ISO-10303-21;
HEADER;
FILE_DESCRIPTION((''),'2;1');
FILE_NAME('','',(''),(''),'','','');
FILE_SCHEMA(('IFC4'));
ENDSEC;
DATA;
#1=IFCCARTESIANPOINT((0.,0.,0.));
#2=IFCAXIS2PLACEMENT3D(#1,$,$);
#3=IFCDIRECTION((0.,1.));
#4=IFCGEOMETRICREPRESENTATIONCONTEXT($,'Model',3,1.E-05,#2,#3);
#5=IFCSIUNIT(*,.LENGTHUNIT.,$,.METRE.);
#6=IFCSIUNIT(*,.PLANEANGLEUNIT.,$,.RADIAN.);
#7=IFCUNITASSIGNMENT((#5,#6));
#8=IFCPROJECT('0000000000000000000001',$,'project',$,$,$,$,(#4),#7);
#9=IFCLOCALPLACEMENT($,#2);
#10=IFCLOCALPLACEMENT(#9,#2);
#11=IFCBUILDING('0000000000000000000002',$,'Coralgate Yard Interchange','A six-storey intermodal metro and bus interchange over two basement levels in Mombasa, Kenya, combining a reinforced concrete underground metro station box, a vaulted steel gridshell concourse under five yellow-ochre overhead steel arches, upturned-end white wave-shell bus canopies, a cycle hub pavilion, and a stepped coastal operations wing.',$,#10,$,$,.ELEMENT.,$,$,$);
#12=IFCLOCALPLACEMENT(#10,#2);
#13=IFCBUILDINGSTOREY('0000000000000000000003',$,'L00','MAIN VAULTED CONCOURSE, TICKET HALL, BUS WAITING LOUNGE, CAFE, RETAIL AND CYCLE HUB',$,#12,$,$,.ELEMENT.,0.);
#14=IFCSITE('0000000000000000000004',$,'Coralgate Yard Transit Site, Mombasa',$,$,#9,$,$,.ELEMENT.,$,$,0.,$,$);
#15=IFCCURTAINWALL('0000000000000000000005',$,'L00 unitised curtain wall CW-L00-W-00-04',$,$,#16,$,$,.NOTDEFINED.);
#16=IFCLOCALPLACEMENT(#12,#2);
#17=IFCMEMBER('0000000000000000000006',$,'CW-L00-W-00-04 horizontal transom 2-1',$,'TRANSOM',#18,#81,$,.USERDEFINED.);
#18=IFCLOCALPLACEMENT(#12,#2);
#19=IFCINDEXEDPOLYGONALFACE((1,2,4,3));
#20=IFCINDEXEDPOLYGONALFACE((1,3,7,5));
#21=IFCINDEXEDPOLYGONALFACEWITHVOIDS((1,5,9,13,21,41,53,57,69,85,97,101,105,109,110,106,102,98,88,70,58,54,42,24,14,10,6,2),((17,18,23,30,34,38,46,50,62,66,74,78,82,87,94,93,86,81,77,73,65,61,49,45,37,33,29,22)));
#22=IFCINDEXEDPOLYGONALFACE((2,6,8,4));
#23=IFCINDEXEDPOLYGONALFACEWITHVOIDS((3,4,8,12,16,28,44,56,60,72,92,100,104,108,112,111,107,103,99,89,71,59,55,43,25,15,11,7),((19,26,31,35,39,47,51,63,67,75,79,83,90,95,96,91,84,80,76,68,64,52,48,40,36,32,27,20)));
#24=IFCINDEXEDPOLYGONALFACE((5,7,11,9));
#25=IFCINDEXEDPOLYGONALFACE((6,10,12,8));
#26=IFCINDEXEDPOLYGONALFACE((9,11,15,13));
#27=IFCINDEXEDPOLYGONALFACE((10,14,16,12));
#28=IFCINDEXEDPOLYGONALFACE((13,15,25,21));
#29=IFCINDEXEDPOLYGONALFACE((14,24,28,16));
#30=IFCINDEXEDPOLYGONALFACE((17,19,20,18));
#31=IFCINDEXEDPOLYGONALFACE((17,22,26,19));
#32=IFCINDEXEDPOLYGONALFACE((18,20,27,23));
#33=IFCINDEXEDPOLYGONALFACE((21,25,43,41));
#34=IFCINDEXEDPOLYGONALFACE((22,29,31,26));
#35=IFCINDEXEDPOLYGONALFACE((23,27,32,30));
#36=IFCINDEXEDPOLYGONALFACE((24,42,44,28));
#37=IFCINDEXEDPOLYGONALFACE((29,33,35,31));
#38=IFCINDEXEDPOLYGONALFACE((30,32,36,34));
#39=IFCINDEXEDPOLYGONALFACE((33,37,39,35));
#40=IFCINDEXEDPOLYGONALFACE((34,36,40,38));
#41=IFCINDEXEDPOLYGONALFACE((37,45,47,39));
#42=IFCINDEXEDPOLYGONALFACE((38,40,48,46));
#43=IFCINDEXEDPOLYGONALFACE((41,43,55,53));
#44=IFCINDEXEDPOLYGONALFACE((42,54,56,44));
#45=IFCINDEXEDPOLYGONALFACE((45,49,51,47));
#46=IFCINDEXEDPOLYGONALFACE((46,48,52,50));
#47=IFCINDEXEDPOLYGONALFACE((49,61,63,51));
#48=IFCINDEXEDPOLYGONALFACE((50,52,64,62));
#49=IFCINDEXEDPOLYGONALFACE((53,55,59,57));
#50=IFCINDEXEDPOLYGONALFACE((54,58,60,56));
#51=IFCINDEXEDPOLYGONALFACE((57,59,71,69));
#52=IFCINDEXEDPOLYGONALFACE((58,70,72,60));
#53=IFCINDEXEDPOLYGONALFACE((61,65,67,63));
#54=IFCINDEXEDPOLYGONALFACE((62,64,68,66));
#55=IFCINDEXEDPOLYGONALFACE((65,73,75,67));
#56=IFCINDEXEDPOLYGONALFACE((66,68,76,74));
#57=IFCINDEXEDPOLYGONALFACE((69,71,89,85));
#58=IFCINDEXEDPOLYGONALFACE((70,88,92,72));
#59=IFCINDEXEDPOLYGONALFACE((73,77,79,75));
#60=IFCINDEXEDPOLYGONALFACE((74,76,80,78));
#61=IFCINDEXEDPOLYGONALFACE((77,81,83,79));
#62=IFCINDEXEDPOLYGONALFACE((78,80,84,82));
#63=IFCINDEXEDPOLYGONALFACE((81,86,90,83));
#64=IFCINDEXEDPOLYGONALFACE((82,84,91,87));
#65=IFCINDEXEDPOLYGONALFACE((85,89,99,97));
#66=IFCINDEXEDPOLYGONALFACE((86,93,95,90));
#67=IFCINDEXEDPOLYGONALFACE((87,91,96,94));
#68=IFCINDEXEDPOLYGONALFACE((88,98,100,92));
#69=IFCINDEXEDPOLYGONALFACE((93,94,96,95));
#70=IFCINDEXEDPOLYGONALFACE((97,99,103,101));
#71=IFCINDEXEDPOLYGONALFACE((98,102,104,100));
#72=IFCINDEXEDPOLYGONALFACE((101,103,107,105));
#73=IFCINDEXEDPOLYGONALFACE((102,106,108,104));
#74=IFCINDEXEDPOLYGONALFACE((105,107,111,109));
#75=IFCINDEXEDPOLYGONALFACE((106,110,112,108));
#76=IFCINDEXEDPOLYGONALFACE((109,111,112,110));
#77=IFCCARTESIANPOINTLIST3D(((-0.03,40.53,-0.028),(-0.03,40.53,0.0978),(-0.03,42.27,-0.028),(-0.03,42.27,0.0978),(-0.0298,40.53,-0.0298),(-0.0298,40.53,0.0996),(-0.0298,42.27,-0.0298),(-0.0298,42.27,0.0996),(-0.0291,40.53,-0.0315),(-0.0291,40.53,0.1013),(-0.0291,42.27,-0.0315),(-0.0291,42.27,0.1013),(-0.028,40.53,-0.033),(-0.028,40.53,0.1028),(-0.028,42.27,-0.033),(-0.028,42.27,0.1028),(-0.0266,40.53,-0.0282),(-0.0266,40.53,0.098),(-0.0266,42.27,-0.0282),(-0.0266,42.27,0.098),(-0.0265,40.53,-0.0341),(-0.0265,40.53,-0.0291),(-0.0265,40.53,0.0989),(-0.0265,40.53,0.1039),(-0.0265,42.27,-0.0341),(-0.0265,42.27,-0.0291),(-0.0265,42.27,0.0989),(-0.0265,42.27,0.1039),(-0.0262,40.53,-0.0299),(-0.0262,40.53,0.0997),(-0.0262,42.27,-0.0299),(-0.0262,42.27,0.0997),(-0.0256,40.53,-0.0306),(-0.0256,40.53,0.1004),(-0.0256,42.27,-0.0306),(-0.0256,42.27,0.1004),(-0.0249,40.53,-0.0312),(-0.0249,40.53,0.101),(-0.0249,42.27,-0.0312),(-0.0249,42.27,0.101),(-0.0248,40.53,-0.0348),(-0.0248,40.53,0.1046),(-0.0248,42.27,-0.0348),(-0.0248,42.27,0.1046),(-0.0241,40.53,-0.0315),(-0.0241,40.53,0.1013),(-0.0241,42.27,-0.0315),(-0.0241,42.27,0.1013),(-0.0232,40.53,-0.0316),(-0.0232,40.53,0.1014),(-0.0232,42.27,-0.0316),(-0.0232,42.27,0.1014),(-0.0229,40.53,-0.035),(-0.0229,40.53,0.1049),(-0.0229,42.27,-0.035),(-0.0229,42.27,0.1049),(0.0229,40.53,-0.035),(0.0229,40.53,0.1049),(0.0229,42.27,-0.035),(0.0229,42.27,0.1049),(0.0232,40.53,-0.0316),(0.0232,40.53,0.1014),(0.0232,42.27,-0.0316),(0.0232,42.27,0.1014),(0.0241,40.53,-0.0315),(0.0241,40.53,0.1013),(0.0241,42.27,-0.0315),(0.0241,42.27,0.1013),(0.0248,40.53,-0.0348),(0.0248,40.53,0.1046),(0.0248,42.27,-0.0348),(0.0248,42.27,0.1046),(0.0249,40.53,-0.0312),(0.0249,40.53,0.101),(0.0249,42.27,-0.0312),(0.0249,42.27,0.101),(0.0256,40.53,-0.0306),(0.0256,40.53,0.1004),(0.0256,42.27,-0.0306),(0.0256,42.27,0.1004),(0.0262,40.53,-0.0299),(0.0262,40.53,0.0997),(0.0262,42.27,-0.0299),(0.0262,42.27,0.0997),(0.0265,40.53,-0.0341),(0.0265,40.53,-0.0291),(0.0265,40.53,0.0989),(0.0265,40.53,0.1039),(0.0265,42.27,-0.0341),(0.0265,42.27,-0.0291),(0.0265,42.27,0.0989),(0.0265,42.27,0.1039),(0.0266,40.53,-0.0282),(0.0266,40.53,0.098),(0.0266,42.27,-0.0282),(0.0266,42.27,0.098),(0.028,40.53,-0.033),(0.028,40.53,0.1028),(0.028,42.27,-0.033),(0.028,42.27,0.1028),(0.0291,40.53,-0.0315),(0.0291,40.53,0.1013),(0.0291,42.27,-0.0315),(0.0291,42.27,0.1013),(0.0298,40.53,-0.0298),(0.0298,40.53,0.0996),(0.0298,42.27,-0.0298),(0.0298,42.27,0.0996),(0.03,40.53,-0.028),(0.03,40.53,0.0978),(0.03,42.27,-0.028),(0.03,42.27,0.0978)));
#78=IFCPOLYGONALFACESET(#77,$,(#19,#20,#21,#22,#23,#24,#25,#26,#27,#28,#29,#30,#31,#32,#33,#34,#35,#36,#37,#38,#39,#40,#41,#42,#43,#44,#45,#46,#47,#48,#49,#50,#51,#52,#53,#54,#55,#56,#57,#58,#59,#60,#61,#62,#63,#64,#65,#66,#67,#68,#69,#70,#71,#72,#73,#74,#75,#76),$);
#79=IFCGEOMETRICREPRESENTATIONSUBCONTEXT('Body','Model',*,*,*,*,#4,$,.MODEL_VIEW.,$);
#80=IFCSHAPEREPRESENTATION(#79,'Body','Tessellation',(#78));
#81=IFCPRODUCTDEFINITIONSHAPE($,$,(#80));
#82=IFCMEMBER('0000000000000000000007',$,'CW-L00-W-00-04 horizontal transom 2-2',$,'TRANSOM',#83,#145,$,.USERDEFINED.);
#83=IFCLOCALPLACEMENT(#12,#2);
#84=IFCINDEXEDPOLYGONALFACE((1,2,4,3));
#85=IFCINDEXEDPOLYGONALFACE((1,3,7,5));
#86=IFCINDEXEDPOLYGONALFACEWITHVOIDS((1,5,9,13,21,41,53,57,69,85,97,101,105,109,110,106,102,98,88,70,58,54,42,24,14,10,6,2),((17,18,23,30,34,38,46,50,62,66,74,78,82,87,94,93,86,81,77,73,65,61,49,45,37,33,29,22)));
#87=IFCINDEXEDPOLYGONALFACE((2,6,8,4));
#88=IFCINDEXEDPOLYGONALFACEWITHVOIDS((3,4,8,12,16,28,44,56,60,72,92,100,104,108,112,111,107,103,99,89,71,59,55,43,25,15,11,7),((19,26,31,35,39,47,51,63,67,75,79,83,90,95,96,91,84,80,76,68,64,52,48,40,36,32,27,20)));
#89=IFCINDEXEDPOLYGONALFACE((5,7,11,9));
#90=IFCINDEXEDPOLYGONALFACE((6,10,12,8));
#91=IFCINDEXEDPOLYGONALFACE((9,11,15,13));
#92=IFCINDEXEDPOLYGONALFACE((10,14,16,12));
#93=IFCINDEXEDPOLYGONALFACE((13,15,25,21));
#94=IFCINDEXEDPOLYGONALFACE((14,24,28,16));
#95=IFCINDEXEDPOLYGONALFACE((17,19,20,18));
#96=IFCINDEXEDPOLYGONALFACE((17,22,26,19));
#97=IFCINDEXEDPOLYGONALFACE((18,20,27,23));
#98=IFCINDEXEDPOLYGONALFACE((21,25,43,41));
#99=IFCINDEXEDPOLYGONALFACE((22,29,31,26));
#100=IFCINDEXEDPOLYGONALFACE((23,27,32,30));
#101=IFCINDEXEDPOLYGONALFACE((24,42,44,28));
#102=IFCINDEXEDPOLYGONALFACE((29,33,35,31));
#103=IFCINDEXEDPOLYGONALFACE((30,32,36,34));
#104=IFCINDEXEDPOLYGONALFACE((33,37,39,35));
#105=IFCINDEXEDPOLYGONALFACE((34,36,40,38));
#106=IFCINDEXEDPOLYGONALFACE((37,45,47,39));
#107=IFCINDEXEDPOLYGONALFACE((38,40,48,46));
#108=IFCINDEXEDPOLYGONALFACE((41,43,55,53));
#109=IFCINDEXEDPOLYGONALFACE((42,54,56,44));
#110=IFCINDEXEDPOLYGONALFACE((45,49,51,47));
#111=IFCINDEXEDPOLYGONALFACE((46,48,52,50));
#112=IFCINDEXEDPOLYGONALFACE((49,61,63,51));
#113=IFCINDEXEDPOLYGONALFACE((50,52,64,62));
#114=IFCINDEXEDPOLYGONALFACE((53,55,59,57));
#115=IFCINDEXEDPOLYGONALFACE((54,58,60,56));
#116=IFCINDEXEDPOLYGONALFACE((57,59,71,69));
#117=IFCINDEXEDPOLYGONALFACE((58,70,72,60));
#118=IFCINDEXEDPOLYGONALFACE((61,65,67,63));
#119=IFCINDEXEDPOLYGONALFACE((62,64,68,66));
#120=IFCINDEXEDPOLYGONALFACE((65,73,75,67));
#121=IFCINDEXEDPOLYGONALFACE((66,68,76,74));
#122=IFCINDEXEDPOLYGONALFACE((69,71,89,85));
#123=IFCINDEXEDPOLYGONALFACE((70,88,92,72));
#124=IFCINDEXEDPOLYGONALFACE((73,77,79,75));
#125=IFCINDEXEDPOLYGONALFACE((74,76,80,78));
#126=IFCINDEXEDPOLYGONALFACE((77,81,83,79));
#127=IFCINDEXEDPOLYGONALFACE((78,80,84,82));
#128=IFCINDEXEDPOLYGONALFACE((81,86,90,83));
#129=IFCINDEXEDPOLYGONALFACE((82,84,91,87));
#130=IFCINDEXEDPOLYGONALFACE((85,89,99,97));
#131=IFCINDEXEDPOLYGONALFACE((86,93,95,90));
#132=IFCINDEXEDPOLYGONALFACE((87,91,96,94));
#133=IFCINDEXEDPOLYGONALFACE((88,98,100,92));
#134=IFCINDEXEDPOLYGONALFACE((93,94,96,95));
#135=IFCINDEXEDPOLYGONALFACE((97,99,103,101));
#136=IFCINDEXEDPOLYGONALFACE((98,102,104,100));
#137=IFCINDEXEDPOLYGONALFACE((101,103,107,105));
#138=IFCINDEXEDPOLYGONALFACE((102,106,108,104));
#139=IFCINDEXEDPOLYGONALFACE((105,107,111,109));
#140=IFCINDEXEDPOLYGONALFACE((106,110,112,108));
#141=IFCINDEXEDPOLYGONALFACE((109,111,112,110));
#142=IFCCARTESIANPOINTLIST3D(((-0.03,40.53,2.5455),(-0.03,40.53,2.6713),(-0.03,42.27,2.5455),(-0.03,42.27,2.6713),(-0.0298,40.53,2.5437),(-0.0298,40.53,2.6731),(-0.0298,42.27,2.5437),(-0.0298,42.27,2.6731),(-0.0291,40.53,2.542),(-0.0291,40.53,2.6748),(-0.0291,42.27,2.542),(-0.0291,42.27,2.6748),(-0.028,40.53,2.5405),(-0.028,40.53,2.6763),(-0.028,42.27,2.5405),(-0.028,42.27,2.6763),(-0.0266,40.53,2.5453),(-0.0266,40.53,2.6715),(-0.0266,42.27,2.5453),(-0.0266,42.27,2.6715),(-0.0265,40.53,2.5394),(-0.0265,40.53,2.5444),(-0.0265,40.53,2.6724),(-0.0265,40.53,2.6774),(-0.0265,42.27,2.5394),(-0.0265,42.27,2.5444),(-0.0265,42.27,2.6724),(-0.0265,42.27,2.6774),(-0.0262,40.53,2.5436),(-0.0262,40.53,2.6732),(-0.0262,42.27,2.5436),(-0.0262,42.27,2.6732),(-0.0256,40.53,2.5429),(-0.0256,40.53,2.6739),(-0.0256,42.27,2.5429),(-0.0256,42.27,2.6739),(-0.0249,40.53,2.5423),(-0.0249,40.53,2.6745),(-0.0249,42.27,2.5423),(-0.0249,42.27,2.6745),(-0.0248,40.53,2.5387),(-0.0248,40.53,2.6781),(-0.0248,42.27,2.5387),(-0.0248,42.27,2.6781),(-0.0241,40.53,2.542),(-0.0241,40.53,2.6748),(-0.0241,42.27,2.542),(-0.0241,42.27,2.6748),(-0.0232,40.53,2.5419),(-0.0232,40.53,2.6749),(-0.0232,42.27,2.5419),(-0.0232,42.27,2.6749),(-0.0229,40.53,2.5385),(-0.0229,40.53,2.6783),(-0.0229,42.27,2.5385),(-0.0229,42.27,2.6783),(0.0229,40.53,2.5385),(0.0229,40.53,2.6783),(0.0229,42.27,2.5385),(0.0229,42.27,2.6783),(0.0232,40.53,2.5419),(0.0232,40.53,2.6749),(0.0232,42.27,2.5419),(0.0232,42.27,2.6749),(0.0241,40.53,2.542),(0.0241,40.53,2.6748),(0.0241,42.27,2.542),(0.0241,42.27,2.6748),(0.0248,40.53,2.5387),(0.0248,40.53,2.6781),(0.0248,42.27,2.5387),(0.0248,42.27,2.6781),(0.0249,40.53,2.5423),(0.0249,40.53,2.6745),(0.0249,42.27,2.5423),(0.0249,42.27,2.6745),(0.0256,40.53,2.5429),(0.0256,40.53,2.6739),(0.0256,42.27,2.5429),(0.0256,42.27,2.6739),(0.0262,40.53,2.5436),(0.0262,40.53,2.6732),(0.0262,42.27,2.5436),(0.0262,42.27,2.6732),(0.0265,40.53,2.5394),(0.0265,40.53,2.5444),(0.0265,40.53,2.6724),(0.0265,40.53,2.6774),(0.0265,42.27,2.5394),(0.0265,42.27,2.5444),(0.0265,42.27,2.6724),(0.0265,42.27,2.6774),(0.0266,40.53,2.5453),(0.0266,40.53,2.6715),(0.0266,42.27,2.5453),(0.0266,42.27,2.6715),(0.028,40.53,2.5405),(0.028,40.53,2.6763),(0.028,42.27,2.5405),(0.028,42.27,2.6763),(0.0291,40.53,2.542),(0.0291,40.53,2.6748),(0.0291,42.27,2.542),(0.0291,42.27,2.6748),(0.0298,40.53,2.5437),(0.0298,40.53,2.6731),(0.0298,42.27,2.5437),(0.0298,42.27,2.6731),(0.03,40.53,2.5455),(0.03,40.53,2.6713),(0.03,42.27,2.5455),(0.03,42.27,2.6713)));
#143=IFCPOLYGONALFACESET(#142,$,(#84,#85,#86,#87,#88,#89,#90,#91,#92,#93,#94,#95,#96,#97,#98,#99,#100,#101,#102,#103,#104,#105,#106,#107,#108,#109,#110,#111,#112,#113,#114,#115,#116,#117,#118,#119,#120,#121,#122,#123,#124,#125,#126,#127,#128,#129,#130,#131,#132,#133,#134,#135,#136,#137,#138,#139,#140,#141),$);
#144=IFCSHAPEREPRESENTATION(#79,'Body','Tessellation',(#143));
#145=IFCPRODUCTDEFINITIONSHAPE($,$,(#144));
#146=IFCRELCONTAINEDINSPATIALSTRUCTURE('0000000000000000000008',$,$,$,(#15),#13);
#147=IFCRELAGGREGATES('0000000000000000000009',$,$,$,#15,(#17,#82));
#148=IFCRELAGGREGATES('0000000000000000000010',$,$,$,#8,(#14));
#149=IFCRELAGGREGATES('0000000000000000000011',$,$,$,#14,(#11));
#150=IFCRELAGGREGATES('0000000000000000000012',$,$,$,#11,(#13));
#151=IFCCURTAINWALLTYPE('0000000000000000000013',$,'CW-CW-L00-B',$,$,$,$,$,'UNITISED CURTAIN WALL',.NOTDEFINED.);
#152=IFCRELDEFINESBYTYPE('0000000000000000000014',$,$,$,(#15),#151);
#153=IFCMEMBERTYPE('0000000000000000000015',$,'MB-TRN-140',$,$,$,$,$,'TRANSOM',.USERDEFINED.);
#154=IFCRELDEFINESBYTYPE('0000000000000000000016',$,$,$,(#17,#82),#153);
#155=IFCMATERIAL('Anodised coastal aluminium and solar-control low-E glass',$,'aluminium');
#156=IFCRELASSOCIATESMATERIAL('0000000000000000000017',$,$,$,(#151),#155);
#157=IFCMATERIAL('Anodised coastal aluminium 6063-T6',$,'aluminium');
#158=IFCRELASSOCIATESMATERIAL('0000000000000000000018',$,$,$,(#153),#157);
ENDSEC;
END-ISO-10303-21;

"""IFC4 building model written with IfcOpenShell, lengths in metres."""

from ifc_helpers import new_model, si_unit, direction, frame, origin, origin_2d, place, context, subcontext, project, spatial, hollow_rectangle, extrude, material, material_profile, profile_set, type_object, element, aggregate, save


model = new_model("IFC4")

# Units and contexts
model_context = context("Model", 3, precision=1e-05, world=origin(), true_north=direction((0.0, 1.0)))
body_context = subcontext(model_context, "Body", "Model", "MODEL_VIEW")
ifc_project = project(units=[si_unit("LENGTHUNIT", "METRE"), si_unit("PLANEANGLEUNIT", "RADIAN")], contexts=[model_context])

# Site, building, storey
site_placement = place(None, origin())
site = spatial("IfcSite", under=ifc_project, at=site_placement, Name="Coralgate Yard Transit Site, Mombasa", CompositionType="ELEMENT", RefElevation=0.0)
building_placement = place(site_placement, origin())
building = spatial("IfcBuilding", under=site, at=building_placement, Name="Coralgate Yard Interchange", Description="A six-storey intermodal metro and bus interchange over two basement levels in Mombasa, Kenya, combining a reinforced concrete underground metro station box, a vaulted steel gridshell concourse under five yellow-ochre overhead steel arches, upturned-end white wave-shell bus canopies, a cycle hub pavilion, and a stepped coastal operations wing.", CompositionType="ELEMENT")
storey_placement = place(building_placement, origin())
storey = spatial("IfcBuildingStorey", under=building, at=storey_placement, Name="L00", Description="MAIN VAULTED CONCOURSE, TICKET HALL, BUS WAITING LOUNGE, CAFE, RETAIL AND CYCLE HUB", CompositionType="ELEMENT", Elevation=0.0)

# Curtain wall, members
ifc_material_1 = material(Name="Anodised coastal aluminium and solar-control low-E glass", Category="aluminium")
curtain_wall_type = type_object("IfcCurtainWallType", Name="CW-CW-L00-B", ElementType="UNITISED CURTAIN WALL", PredefinedType="NOTDEFINED", material=ifc_material_1)
curtain_wall_placement = place(storey_placement, origin())
curtain_wall = element("IfcCurtainWall", 1, at=curtain_wall_placement, inside=storey, type_object=curtain_wall_type, Name="L00 unitised curtain wall CW-L00-W-00-04", PredefinedType="NOTDEFINED")
ifc_material_2 = material(Name="Anodised coastal aluminium 6063-T6", Category="aluminium")
ifc_material_profile_1 = material_profile(ifc_material_2, hollow_rectangle(XDim=0.0601, YDim=0.1399, WallThickness=0.0034, InnerFilletRadius=0.0034, OuterFilletRadius=0.0071, at=origin_2d()), Name="ALU 60x140x3.5")
ifc_profile_set_1 = profile_set([ifc_material_profile_1], Name="Anodised coastal aluminium 6063-T6")
member_type_1 = type_object("IfcMemberType", Name="MB-TRN-140", ElementType="TRANSOM", PredefinedType="USERDEFINED", material=ifc_profile_set_1)
member_1_placement = place(storey_placement, frame((0.0, 40.53, 0.0349), z_axis=(0.0, 1.0, 0.0), x_axis=(-1.0, 0.0, 0.0)))
member_1 = element("IfcMember", 2, at=member_1_placement, type_object=member_type_1, Name="CW-L00-W-00-04 horizontal transom 2-1", ObjectType="TRANSOM", PredefinedType="USERDEFINED", context=body_context, shape_type="SweptSolid", body=[
    extrude(hollow_rectangle(XDim=0.0601, YDim=0.1399, WallThickness=0.0034, InnerFilletRadius=0.0034, OuterFilletRadius=0.0071, at=origin_2d()), origin(), (0.0, 0.0, 1.0), 1.74),
])
member_2_placement = place(storey_placement, frame((0.0, 40.53, 2.6084), z_axis=(0.0, 1.0, 0.0), x_axis=(-1.0, 0.0, 0.0)))
member_2 = element("IfcMember", 3, at=member_2_placement, type_object=member_type_1, Name="CW-L00-W-00-04 horizontal transom 2-2", ObjectType="TRANSOM", PredefinedType="USERDEFINED", context=body_context, shape_type="SweptSolid", body=[
    extrude(hollow_rectangle(XDim=0.0601, YDim=0.1399, WallThickness=0.0034, InnerFilletRadius=0.0034, OuterFilletRadius=0.0071, at=origin_2d()), origin(), (0.0, 0.0, 1.0), 1.74),
])
aggregate(curtain_wall, [member_1, member_2])

save(model, "model.ifc")
